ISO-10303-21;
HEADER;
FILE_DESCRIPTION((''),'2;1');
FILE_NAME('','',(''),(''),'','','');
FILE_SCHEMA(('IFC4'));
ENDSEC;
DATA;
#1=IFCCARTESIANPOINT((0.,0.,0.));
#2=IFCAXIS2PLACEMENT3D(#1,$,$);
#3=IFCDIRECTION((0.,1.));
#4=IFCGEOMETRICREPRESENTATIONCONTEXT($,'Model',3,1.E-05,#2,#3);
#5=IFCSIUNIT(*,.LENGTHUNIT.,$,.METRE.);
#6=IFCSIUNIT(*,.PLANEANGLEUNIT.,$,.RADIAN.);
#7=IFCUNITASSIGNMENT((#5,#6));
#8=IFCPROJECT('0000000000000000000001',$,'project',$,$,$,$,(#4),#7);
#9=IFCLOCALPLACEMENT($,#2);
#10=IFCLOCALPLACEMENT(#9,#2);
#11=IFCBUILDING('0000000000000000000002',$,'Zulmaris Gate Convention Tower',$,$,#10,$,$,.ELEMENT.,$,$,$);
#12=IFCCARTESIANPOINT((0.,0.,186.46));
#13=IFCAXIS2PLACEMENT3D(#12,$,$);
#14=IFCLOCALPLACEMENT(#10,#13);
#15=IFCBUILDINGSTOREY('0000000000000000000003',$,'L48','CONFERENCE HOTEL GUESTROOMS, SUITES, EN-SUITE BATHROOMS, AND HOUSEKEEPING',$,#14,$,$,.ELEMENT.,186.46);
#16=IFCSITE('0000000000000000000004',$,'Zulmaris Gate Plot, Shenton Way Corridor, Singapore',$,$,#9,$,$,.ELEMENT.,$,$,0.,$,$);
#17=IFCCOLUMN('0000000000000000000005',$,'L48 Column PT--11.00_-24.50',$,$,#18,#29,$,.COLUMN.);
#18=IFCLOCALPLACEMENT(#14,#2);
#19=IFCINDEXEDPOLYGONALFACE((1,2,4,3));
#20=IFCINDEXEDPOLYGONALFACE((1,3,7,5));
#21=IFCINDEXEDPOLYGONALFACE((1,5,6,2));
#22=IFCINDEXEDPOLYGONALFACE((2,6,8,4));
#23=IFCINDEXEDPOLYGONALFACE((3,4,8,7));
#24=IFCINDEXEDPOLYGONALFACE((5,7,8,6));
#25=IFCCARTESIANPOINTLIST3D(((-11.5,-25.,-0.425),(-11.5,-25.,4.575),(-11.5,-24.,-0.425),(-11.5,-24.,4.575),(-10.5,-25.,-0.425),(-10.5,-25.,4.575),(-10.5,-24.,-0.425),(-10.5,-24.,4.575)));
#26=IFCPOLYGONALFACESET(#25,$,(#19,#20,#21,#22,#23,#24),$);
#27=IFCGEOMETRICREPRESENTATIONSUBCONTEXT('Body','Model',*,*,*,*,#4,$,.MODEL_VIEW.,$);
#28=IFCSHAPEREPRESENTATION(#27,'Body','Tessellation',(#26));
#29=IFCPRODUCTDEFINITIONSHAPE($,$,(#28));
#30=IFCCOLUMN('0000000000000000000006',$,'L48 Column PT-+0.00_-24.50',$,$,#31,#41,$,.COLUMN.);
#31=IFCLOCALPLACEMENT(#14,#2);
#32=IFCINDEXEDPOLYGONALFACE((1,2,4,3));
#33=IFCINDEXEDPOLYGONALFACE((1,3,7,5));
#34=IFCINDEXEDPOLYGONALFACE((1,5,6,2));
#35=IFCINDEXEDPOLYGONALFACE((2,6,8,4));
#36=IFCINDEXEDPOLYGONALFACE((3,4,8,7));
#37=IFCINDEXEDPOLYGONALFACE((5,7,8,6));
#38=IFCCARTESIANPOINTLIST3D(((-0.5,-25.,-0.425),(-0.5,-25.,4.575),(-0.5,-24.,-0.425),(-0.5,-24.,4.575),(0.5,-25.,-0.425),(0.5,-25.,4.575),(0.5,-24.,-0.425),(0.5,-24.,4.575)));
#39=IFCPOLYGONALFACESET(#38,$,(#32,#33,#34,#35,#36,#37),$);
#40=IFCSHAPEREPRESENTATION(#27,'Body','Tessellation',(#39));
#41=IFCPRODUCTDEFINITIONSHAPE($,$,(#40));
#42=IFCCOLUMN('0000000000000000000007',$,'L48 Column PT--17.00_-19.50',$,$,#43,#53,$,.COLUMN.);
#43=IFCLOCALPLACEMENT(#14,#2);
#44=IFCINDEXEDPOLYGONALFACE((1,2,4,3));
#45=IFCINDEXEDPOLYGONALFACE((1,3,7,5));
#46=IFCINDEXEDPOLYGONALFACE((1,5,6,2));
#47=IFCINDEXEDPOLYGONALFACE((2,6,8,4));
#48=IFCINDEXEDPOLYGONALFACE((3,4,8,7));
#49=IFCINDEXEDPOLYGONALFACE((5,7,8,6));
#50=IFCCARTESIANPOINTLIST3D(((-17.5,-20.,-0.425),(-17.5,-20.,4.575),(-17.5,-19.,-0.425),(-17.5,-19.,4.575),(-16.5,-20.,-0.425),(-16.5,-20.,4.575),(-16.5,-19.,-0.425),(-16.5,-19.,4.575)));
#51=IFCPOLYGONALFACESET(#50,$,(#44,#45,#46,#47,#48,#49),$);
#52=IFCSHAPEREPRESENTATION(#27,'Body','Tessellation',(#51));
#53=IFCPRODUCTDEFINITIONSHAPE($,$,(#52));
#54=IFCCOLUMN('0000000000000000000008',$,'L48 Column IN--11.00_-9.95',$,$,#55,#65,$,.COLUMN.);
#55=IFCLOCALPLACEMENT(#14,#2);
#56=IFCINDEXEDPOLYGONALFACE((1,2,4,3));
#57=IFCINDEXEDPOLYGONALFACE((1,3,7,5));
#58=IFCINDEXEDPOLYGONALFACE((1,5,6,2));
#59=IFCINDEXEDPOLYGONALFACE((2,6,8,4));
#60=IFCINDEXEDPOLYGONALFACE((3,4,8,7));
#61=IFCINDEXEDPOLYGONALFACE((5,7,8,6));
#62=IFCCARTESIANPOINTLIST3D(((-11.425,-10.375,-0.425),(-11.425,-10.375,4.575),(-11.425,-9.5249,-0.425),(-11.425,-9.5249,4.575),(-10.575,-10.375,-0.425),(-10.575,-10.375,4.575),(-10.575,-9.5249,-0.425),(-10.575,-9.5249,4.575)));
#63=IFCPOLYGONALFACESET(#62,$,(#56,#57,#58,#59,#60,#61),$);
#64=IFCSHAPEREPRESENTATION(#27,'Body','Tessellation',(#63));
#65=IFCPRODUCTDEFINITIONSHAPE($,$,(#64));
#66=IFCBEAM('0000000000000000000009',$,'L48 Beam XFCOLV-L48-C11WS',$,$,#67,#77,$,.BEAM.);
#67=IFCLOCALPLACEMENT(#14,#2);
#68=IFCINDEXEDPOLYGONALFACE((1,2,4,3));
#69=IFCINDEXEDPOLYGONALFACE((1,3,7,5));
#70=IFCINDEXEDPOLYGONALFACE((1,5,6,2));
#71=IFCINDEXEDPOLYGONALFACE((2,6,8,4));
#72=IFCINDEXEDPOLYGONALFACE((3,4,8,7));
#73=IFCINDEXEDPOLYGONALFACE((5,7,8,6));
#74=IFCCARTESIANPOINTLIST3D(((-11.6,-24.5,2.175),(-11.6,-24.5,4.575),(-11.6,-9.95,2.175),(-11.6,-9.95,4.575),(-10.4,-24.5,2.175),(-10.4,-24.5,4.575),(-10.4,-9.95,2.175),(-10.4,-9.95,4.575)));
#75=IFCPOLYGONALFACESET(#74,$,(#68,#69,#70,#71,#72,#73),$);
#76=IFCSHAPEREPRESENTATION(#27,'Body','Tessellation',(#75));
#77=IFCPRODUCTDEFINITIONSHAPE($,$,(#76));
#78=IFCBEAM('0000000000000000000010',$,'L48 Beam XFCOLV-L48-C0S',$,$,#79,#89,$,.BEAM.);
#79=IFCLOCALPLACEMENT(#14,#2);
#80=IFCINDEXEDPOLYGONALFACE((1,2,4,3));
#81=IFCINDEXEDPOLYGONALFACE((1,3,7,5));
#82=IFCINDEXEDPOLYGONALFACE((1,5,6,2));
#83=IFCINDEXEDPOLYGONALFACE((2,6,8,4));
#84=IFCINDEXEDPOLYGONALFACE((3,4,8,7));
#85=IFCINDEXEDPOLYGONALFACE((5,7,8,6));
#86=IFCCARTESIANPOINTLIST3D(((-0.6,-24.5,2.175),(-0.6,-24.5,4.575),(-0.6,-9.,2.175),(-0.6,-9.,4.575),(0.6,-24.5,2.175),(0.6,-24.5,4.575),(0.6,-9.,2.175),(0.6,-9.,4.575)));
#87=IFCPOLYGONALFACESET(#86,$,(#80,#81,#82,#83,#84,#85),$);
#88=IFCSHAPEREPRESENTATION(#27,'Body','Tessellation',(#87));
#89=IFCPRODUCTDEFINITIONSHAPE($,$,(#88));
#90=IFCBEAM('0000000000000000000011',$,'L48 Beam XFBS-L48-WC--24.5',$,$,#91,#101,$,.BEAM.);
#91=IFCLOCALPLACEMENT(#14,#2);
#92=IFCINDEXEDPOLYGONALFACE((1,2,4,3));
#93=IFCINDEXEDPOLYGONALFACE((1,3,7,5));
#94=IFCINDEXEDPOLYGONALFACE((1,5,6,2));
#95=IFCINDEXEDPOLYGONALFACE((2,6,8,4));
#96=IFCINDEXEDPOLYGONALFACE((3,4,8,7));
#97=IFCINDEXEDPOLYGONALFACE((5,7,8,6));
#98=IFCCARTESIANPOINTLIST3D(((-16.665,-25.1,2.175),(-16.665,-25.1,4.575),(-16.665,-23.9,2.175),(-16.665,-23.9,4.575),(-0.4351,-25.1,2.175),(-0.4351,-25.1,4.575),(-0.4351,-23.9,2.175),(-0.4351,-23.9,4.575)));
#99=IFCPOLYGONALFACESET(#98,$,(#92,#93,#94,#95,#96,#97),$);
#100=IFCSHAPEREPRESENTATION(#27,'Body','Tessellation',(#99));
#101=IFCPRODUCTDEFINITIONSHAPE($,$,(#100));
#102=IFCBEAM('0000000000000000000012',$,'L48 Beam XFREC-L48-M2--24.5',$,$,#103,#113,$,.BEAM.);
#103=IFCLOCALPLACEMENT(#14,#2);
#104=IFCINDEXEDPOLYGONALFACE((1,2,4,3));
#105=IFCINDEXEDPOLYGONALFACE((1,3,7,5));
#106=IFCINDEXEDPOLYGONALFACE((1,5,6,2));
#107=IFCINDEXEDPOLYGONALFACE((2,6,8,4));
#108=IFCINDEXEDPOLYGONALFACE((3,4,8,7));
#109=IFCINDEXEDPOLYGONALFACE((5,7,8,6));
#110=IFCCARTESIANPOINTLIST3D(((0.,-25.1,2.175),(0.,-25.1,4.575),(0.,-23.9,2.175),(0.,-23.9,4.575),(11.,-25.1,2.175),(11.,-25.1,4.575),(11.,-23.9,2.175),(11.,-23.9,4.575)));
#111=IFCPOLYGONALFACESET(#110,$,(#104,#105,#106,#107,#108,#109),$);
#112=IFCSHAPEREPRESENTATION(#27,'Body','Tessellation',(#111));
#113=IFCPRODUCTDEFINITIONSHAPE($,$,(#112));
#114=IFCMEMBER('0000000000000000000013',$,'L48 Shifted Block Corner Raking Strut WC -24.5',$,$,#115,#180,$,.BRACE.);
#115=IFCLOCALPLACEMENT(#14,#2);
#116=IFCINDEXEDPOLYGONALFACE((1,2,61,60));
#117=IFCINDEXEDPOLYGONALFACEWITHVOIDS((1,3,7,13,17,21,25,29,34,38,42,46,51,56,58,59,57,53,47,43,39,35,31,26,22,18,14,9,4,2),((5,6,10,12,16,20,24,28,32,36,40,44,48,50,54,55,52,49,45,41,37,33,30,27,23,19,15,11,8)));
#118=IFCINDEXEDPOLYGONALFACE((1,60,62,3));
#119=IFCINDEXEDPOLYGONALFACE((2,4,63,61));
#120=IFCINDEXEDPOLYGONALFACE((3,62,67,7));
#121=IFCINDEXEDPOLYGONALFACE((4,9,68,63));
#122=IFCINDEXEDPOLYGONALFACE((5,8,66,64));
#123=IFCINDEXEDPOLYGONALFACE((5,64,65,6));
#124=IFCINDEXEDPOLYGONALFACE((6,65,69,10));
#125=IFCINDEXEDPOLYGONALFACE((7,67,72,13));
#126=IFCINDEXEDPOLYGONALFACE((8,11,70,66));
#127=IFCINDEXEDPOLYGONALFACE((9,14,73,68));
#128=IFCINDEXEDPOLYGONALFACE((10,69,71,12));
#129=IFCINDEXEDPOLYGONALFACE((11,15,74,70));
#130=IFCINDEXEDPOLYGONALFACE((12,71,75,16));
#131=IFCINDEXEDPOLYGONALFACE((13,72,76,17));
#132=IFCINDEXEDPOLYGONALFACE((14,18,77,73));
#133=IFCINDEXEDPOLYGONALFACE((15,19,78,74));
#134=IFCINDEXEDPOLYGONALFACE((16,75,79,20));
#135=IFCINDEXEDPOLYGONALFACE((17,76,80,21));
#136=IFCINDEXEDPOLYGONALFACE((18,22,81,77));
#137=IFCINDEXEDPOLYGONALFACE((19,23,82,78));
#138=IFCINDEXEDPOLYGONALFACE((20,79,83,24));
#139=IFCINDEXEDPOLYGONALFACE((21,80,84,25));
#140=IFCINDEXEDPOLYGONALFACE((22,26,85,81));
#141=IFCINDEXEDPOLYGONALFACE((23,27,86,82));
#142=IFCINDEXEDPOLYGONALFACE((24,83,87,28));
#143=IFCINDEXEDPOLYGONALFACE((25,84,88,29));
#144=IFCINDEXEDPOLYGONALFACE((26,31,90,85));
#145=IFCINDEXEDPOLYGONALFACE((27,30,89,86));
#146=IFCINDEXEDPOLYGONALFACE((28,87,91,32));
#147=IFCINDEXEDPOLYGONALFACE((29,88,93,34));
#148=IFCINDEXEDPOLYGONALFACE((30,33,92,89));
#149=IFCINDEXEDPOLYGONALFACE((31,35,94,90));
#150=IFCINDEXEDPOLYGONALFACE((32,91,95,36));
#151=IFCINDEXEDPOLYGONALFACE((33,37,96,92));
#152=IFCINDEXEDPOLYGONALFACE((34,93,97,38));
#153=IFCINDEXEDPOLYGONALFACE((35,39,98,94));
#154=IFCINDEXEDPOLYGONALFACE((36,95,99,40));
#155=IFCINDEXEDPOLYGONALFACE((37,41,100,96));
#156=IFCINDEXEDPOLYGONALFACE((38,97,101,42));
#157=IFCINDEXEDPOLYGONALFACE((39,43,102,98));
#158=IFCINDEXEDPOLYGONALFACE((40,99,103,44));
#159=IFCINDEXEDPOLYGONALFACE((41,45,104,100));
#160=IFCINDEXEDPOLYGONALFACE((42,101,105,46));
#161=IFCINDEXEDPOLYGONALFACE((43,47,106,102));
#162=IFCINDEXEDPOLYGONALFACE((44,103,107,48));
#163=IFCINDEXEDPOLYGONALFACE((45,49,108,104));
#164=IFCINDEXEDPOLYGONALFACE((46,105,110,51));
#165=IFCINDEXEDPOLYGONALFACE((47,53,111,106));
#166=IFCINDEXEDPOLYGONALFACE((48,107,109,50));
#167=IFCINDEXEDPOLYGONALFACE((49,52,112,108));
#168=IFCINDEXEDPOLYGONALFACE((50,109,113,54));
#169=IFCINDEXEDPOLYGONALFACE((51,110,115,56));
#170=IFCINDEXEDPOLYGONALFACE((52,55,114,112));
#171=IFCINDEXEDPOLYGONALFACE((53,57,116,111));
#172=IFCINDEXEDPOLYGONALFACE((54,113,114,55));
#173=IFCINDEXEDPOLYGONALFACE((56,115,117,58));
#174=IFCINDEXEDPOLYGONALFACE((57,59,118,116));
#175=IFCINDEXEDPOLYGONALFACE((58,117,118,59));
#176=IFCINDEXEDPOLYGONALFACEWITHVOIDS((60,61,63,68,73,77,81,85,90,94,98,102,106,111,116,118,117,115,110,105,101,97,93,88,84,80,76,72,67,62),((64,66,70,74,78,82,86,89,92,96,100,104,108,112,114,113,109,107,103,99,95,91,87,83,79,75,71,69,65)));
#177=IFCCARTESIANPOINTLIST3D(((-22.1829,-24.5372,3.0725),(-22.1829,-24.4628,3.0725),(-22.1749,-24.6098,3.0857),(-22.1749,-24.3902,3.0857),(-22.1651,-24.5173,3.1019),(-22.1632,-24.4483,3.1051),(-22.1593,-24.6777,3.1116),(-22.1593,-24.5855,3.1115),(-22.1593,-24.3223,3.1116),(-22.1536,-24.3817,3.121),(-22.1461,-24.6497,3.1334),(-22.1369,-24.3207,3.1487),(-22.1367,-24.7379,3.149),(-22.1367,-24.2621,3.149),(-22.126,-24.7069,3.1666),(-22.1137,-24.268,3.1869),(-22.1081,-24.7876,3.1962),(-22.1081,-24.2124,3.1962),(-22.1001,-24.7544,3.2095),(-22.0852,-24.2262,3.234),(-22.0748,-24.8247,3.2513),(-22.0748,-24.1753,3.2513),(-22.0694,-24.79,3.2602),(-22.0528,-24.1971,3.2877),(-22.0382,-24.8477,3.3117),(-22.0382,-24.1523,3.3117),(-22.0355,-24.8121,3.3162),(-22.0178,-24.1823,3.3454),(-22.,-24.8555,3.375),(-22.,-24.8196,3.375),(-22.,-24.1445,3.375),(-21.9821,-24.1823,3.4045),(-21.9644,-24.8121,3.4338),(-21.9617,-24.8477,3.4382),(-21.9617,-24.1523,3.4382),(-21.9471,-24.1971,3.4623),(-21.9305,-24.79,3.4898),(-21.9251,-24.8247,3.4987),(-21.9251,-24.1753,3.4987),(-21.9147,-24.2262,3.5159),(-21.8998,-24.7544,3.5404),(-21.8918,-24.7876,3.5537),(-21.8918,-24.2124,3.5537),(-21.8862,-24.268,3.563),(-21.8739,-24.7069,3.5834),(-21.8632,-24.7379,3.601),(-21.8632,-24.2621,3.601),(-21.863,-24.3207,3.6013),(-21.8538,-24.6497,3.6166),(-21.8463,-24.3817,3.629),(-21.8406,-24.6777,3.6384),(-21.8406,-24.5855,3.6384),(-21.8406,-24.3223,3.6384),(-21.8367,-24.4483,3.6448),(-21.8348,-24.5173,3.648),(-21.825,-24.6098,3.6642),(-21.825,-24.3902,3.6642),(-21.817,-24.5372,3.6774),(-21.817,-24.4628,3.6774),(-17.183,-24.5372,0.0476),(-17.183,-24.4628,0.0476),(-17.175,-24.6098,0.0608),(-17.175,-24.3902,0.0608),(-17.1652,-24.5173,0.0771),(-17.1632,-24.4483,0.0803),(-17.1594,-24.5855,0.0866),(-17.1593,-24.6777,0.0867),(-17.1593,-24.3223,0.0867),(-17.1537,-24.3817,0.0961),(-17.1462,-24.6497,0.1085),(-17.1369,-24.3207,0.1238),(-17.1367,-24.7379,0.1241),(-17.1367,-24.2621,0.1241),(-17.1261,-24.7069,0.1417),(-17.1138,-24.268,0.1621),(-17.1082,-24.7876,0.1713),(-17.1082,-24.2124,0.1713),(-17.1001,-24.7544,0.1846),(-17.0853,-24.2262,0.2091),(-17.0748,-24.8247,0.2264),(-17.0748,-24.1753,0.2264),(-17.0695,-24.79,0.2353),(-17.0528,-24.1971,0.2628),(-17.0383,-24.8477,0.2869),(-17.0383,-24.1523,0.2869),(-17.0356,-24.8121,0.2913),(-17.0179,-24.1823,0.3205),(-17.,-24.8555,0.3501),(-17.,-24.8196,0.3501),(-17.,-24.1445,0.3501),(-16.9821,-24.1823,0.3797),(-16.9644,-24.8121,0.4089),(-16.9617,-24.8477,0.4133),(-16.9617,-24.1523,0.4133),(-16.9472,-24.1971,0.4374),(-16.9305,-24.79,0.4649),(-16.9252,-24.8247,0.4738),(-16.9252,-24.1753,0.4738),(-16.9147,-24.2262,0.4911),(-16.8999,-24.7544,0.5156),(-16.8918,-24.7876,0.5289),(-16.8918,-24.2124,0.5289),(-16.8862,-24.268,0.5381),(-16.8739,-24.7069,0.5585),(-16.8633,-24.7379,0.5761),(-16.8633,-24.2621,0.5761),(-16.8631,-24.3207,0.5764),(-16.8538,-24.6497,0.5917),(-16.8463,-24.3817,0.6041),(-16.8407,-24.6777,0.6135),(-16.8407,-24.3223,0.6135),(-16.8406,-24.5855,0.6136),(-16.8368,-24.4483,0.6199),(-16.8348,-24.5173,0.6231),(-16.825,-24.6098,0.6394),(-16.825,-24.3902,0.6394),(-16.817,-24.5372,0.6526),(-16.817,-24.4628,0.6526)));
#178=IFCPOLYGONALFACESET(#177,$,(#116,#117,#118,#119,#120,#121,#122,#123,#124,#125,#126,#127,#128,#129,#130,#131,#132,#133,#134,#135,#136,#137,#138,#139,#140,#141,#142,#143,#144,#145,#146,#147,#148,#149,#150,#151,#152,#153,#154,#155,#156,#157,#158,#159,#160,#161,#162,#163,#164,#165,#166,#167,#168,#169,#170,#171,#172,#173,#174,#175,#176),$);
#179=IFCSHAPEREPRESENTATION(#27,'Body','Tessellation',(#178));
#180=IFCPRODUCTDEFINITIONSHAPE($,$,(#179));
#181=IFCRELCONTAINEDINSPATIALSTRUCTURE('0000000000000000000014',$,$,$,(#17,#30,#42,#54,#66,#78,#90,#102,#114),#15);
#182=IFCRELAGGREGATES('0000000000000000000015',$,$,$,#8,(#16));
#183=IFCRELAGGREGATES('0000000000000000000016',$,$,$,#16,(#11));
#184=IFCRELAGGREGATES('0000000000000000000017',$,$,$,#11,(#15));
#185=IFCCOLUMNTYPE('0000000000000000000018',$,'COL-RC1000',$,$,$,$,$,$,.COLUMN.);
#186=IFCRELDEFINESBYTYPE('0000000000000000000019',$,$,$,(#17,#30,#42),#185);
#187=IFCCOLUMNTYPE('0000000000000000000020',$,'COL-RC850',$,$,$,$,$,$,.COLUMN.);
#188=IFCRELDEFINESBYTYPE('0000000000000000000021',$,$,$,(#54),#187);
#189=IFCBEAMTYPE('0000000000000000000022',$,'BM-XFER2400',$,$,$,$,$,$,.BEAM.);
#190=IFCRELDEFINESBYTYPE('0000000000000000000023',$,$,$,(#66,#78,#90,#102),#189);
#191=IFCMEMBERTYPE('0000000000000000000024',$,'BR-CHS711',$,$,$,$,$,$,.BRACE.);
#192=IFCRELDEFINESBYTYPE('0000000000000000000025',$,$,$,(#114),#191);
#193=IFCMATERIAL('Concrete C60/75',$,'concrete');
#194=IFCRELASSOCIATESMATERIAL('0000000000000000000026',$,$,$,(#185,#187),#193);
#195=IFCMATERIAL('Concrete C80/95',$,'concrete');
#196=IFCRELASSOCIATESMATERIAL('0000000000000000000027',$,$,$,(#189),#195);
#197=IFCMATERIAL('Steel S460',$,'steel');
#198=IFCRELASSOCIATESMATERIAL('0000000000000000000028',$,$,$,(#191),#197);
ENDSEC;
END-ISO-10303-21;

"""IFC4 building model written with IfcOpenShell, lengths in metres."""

from ifc_helpers import new_model, si_unit, direction, frame, origin, origin_2d, place, context, subcontext, project, spatial, rectangle, hollow_circle, extrude, material, material_profile, profile_set, type_object, element, save


model = new_model("IFC4")

# Units and contexts
model_context = context("Model", 3, precision=1e-05, world=origin(), true_north=direction((0.0, 1.0)))
body_context = subcontext(model_context, "Body", "Model", "MODEL_VIEW")
ifc_project = project(units=[si_unit("LENGTHUNIT", "METRE"), si_unit("PLANEANGLEUNIT", "RADIAN")], contexts=[model_context])

# Site, building, storey
site_placement = place(None, origin())
site = spatial("IfcSite", under=ifc_project, at=site_placement, Name="Zulmaris Gate Plot, Shenton Way Corridor, Singapore", CompositionType="ELEMENT", RefElevation=0.0)
building_placement = place(site_placement, origin())
building = spatial("IfcBuilding", under=site, at=building_placement, Name="Zulmaris Gate Convention Tower", CompositionType="ELEMENT")
storey_placement = place(building_placement, frame((0.0, 0.0, 186.46)))
storey = spatial("IfcBuildingStorey", under=building, at=storey_placement, Name="L48", Description="CONFERENCE HOTEL GUESTROOMS, SUITES, EN-SUITE BATHROOMS, AND HOUSEKEEPING", CompositionType="ELEMENT", Elevation=186.46)

# Columns
ifc_material_1 = material(Name="Concrete C60/75", Category="concrete")
ifc_material_profile_1 = material_profile(ifc_material_1, rectangle(XDim=1.0, YDim=1.0, at=origin_2d()), Name="RC COL 1000x1000")
ifc_profile_set_1 = profile_set([ifc_material_profile_1], Name="Concrete C60/75")
column_type_1 = type_object("IfcColumnType", Name="COL-RC1000", PredefinedType="COLUMN", material=ifc_profile_set_1)
for number, where, z_axis, x_axis, name in (
    (1, (-11.0, -24.5, -0.425), (0.0, 0.0, 1.0), (1.0, 0.0, 0.0), "L48 Column PT--11.00_-24.50"),
    (2, (0.0, -24.5, -0.425), (0.0, 0.0, 1.0), (1.0, 0.0, 0.0), "L48 Column PT-+0.00_-24.50"),
    (3, (-17.0, -19.5, -0.425), (0.0, 0.0, 1.0), (1.0, 0.0, 0.0), "L48 Column PT--17.00_-19.50"),
):
    element("IfcColumn", number, at=place(storey_placement, frame(where, z_axis=z_axis, x_axis=x_axis)), inside=storey, type_object=column_type_1, Name=name, PredefinedType="COLUMN", context=body_context, shape_type="SweptSolid", body=[
        extrude(rectangle(XDim=1.0, YDim=1.0, at=origin_2d()), origin(), (0.0, 0.0, 1.0), 5.0),
    ])
ifc_material_profile_2 = material_profile(ifc_material_1, rectangle(XDim=0.8501, YDim=0.8501, at=origin_2d()), Name="RC COL 850x850")
ifc_profile_set_2 = profile_set([ifc_material_profile_2], Name="Concrete C60/75")
column_type_2 = type_object("IfcColumnType", Name="COL-RC850", PredefinedType="COLUMN", material=ifc_profile_set_2)
column_placement = place(storey_placement, frame((-11.0, -9.95, -0.425), z_axis=(0.0, 0.0, 1.0), x_axis=(1.0, 0.0, 0.0)))
element("IfcColumn", 4, at=column_placement, inside=storey, type_object=column_type_2, Name="L48 Column IN--11.00_-9.95", PredefinedType="COLUMN", context=body_context, shape_type="SweptSolid", body=[
    extrude(rectangle(XDim=0.8501, YDim=0.8501, at=origin_2d()), origin(), (0.0, 0.0, 1.0), 5.0),
])

# Beams
ifc_material_2 = material(Name="Concrete C80/95", Category="concrete")
ifc_material_profile_3 = material_profile(ifc_material_2, rectangle(XDim=1.2, YDim=2.3999, at=origin_2d()), Name="RC TRANSFER 1200x2400")
ifc_profile_set_3 = profile_set([ifc_material_profile_3], Name="Concrete C80/95")
beam_type_1 = type_object("IfcBeamType", Name="BM-XFER2400", PredefinedType="BEAM", material=ifc_profile_set_3)
beam_1_placement = place(storey_placement, frame((-11.0, -24.5, 3.375), z_axis=(0.0, 1.0, 0.0), x_axis=(-1.0, 0.0, 0.0)))
element("IfcBeam", 5, at=beam_1_placement, inside=storey, type_object=beam_type_1, Name="L48 Beam XFCOLV-L48-C11WS", PredefinedType="BEAM", context=body_context, shape_type="SweptSolid", body=[
    extrude(rectangle(XDim=1.2, YDim=2.3999, at=origin_2d()), origin(), (0.0, 0.0, 1.0), 14.55),
])
beam_2_placement = place(storey_placement, frame((0.0, -24.5, 3.375), z_axis=(0.0, 1.0, 0.0), x_axis=(-1.0, 0.0, 0.0)))
element("IfcBeam", 6, at=beam_2_placement, inside=storey, type_object=beam_type_1, Name="L48 Beam XFCOLV-L48-C0S", PredefinedType="BEAM", context=body_context, shape_type="SweptSolid", body=[
    extrude(rectangle(XDim=1.2, YDim=2.3999, at=origin_2d()), origin(), (0.0, 0.0, 1.0), 15.5),
])
beam_3_placement = place(storey_placement, frame((-16.665, -24.5, 3.375), z_axis=(1.0, 0.0, 0.0), x_axis=(0.0, 1.0, 0.0)))
element("IfcBeam", 7, at=beam_3_placement, inside=storey, type_object=beam_type_1, Name="L48 Beam XFBS-L48-WC--24.5", PredefinedType="BEAM", context=body_context, shape_type="SweptSolid", body=[
    extrude(rectangle(XDim=1.2, YDim=2.3999, at=origin_2d()), origin(), (0.0, 0.0, 1.0), 16.23),
])
beam_4_placement = place(storey_placement, frame((0.0, -24.5, 3.375), z_axis=(1.0, 0.0, 0.0), x_axis=(0.0, 1.0, 0.0)))
element("IfcBeam", 8, at=beam_4_placement, inside=storey, type_object=beam_type_1, Name="L48 Beam XFREC-L48-M2--24.5", PredefinedType="BEAM", context=body_context, shape_type="SweptSolid", body=[
    extrude(rectangle(XDim=1.2, YDim=2.3999, at=origin_2d()), origin(), (0.0, 0.0, 1.0), 11.0),
])

# Member
ifc_material_3 = material(Name="Steel S460", Category="steel")
ifc_material_profile_4 = material_profile(ifc_material_3, hollow_circle(Radius=0.3555, WallThickness=0.0359, at=origin_2d()), Name="CHS 711x36")
ifc_profile_set_4 = profile_set([ifc_material_profile_4], Name="Steel S460")
member_type = type_object("IfcMemberType", Name="BR-CHS711", PredefinedType="BRACE", material=ifc_profile_set_4)
member_placement = place(storey_placement, frame((-17.0, -24.5, 0.3501), z_axis=(-0.855607, 0.0, 0.517626), x_axis=(0.0, -1.0, 0.0)))
element("IfcMember", 9, at=member_placement, inside=storey, type_object=member_type, Name="L48 Shifted Block Corner Raking Strut WC -24.5", PredefinedType="BRACE", context=body_context, shape_type="SweptSolid", body=[
    extrude(hollow_circle(Radius=0.3555, WallThickness=0.0359, at=origin_2d()), origin(), (0.0, 0.0, 1.0), 5.8438),
])

save(model, "model.ifc")
